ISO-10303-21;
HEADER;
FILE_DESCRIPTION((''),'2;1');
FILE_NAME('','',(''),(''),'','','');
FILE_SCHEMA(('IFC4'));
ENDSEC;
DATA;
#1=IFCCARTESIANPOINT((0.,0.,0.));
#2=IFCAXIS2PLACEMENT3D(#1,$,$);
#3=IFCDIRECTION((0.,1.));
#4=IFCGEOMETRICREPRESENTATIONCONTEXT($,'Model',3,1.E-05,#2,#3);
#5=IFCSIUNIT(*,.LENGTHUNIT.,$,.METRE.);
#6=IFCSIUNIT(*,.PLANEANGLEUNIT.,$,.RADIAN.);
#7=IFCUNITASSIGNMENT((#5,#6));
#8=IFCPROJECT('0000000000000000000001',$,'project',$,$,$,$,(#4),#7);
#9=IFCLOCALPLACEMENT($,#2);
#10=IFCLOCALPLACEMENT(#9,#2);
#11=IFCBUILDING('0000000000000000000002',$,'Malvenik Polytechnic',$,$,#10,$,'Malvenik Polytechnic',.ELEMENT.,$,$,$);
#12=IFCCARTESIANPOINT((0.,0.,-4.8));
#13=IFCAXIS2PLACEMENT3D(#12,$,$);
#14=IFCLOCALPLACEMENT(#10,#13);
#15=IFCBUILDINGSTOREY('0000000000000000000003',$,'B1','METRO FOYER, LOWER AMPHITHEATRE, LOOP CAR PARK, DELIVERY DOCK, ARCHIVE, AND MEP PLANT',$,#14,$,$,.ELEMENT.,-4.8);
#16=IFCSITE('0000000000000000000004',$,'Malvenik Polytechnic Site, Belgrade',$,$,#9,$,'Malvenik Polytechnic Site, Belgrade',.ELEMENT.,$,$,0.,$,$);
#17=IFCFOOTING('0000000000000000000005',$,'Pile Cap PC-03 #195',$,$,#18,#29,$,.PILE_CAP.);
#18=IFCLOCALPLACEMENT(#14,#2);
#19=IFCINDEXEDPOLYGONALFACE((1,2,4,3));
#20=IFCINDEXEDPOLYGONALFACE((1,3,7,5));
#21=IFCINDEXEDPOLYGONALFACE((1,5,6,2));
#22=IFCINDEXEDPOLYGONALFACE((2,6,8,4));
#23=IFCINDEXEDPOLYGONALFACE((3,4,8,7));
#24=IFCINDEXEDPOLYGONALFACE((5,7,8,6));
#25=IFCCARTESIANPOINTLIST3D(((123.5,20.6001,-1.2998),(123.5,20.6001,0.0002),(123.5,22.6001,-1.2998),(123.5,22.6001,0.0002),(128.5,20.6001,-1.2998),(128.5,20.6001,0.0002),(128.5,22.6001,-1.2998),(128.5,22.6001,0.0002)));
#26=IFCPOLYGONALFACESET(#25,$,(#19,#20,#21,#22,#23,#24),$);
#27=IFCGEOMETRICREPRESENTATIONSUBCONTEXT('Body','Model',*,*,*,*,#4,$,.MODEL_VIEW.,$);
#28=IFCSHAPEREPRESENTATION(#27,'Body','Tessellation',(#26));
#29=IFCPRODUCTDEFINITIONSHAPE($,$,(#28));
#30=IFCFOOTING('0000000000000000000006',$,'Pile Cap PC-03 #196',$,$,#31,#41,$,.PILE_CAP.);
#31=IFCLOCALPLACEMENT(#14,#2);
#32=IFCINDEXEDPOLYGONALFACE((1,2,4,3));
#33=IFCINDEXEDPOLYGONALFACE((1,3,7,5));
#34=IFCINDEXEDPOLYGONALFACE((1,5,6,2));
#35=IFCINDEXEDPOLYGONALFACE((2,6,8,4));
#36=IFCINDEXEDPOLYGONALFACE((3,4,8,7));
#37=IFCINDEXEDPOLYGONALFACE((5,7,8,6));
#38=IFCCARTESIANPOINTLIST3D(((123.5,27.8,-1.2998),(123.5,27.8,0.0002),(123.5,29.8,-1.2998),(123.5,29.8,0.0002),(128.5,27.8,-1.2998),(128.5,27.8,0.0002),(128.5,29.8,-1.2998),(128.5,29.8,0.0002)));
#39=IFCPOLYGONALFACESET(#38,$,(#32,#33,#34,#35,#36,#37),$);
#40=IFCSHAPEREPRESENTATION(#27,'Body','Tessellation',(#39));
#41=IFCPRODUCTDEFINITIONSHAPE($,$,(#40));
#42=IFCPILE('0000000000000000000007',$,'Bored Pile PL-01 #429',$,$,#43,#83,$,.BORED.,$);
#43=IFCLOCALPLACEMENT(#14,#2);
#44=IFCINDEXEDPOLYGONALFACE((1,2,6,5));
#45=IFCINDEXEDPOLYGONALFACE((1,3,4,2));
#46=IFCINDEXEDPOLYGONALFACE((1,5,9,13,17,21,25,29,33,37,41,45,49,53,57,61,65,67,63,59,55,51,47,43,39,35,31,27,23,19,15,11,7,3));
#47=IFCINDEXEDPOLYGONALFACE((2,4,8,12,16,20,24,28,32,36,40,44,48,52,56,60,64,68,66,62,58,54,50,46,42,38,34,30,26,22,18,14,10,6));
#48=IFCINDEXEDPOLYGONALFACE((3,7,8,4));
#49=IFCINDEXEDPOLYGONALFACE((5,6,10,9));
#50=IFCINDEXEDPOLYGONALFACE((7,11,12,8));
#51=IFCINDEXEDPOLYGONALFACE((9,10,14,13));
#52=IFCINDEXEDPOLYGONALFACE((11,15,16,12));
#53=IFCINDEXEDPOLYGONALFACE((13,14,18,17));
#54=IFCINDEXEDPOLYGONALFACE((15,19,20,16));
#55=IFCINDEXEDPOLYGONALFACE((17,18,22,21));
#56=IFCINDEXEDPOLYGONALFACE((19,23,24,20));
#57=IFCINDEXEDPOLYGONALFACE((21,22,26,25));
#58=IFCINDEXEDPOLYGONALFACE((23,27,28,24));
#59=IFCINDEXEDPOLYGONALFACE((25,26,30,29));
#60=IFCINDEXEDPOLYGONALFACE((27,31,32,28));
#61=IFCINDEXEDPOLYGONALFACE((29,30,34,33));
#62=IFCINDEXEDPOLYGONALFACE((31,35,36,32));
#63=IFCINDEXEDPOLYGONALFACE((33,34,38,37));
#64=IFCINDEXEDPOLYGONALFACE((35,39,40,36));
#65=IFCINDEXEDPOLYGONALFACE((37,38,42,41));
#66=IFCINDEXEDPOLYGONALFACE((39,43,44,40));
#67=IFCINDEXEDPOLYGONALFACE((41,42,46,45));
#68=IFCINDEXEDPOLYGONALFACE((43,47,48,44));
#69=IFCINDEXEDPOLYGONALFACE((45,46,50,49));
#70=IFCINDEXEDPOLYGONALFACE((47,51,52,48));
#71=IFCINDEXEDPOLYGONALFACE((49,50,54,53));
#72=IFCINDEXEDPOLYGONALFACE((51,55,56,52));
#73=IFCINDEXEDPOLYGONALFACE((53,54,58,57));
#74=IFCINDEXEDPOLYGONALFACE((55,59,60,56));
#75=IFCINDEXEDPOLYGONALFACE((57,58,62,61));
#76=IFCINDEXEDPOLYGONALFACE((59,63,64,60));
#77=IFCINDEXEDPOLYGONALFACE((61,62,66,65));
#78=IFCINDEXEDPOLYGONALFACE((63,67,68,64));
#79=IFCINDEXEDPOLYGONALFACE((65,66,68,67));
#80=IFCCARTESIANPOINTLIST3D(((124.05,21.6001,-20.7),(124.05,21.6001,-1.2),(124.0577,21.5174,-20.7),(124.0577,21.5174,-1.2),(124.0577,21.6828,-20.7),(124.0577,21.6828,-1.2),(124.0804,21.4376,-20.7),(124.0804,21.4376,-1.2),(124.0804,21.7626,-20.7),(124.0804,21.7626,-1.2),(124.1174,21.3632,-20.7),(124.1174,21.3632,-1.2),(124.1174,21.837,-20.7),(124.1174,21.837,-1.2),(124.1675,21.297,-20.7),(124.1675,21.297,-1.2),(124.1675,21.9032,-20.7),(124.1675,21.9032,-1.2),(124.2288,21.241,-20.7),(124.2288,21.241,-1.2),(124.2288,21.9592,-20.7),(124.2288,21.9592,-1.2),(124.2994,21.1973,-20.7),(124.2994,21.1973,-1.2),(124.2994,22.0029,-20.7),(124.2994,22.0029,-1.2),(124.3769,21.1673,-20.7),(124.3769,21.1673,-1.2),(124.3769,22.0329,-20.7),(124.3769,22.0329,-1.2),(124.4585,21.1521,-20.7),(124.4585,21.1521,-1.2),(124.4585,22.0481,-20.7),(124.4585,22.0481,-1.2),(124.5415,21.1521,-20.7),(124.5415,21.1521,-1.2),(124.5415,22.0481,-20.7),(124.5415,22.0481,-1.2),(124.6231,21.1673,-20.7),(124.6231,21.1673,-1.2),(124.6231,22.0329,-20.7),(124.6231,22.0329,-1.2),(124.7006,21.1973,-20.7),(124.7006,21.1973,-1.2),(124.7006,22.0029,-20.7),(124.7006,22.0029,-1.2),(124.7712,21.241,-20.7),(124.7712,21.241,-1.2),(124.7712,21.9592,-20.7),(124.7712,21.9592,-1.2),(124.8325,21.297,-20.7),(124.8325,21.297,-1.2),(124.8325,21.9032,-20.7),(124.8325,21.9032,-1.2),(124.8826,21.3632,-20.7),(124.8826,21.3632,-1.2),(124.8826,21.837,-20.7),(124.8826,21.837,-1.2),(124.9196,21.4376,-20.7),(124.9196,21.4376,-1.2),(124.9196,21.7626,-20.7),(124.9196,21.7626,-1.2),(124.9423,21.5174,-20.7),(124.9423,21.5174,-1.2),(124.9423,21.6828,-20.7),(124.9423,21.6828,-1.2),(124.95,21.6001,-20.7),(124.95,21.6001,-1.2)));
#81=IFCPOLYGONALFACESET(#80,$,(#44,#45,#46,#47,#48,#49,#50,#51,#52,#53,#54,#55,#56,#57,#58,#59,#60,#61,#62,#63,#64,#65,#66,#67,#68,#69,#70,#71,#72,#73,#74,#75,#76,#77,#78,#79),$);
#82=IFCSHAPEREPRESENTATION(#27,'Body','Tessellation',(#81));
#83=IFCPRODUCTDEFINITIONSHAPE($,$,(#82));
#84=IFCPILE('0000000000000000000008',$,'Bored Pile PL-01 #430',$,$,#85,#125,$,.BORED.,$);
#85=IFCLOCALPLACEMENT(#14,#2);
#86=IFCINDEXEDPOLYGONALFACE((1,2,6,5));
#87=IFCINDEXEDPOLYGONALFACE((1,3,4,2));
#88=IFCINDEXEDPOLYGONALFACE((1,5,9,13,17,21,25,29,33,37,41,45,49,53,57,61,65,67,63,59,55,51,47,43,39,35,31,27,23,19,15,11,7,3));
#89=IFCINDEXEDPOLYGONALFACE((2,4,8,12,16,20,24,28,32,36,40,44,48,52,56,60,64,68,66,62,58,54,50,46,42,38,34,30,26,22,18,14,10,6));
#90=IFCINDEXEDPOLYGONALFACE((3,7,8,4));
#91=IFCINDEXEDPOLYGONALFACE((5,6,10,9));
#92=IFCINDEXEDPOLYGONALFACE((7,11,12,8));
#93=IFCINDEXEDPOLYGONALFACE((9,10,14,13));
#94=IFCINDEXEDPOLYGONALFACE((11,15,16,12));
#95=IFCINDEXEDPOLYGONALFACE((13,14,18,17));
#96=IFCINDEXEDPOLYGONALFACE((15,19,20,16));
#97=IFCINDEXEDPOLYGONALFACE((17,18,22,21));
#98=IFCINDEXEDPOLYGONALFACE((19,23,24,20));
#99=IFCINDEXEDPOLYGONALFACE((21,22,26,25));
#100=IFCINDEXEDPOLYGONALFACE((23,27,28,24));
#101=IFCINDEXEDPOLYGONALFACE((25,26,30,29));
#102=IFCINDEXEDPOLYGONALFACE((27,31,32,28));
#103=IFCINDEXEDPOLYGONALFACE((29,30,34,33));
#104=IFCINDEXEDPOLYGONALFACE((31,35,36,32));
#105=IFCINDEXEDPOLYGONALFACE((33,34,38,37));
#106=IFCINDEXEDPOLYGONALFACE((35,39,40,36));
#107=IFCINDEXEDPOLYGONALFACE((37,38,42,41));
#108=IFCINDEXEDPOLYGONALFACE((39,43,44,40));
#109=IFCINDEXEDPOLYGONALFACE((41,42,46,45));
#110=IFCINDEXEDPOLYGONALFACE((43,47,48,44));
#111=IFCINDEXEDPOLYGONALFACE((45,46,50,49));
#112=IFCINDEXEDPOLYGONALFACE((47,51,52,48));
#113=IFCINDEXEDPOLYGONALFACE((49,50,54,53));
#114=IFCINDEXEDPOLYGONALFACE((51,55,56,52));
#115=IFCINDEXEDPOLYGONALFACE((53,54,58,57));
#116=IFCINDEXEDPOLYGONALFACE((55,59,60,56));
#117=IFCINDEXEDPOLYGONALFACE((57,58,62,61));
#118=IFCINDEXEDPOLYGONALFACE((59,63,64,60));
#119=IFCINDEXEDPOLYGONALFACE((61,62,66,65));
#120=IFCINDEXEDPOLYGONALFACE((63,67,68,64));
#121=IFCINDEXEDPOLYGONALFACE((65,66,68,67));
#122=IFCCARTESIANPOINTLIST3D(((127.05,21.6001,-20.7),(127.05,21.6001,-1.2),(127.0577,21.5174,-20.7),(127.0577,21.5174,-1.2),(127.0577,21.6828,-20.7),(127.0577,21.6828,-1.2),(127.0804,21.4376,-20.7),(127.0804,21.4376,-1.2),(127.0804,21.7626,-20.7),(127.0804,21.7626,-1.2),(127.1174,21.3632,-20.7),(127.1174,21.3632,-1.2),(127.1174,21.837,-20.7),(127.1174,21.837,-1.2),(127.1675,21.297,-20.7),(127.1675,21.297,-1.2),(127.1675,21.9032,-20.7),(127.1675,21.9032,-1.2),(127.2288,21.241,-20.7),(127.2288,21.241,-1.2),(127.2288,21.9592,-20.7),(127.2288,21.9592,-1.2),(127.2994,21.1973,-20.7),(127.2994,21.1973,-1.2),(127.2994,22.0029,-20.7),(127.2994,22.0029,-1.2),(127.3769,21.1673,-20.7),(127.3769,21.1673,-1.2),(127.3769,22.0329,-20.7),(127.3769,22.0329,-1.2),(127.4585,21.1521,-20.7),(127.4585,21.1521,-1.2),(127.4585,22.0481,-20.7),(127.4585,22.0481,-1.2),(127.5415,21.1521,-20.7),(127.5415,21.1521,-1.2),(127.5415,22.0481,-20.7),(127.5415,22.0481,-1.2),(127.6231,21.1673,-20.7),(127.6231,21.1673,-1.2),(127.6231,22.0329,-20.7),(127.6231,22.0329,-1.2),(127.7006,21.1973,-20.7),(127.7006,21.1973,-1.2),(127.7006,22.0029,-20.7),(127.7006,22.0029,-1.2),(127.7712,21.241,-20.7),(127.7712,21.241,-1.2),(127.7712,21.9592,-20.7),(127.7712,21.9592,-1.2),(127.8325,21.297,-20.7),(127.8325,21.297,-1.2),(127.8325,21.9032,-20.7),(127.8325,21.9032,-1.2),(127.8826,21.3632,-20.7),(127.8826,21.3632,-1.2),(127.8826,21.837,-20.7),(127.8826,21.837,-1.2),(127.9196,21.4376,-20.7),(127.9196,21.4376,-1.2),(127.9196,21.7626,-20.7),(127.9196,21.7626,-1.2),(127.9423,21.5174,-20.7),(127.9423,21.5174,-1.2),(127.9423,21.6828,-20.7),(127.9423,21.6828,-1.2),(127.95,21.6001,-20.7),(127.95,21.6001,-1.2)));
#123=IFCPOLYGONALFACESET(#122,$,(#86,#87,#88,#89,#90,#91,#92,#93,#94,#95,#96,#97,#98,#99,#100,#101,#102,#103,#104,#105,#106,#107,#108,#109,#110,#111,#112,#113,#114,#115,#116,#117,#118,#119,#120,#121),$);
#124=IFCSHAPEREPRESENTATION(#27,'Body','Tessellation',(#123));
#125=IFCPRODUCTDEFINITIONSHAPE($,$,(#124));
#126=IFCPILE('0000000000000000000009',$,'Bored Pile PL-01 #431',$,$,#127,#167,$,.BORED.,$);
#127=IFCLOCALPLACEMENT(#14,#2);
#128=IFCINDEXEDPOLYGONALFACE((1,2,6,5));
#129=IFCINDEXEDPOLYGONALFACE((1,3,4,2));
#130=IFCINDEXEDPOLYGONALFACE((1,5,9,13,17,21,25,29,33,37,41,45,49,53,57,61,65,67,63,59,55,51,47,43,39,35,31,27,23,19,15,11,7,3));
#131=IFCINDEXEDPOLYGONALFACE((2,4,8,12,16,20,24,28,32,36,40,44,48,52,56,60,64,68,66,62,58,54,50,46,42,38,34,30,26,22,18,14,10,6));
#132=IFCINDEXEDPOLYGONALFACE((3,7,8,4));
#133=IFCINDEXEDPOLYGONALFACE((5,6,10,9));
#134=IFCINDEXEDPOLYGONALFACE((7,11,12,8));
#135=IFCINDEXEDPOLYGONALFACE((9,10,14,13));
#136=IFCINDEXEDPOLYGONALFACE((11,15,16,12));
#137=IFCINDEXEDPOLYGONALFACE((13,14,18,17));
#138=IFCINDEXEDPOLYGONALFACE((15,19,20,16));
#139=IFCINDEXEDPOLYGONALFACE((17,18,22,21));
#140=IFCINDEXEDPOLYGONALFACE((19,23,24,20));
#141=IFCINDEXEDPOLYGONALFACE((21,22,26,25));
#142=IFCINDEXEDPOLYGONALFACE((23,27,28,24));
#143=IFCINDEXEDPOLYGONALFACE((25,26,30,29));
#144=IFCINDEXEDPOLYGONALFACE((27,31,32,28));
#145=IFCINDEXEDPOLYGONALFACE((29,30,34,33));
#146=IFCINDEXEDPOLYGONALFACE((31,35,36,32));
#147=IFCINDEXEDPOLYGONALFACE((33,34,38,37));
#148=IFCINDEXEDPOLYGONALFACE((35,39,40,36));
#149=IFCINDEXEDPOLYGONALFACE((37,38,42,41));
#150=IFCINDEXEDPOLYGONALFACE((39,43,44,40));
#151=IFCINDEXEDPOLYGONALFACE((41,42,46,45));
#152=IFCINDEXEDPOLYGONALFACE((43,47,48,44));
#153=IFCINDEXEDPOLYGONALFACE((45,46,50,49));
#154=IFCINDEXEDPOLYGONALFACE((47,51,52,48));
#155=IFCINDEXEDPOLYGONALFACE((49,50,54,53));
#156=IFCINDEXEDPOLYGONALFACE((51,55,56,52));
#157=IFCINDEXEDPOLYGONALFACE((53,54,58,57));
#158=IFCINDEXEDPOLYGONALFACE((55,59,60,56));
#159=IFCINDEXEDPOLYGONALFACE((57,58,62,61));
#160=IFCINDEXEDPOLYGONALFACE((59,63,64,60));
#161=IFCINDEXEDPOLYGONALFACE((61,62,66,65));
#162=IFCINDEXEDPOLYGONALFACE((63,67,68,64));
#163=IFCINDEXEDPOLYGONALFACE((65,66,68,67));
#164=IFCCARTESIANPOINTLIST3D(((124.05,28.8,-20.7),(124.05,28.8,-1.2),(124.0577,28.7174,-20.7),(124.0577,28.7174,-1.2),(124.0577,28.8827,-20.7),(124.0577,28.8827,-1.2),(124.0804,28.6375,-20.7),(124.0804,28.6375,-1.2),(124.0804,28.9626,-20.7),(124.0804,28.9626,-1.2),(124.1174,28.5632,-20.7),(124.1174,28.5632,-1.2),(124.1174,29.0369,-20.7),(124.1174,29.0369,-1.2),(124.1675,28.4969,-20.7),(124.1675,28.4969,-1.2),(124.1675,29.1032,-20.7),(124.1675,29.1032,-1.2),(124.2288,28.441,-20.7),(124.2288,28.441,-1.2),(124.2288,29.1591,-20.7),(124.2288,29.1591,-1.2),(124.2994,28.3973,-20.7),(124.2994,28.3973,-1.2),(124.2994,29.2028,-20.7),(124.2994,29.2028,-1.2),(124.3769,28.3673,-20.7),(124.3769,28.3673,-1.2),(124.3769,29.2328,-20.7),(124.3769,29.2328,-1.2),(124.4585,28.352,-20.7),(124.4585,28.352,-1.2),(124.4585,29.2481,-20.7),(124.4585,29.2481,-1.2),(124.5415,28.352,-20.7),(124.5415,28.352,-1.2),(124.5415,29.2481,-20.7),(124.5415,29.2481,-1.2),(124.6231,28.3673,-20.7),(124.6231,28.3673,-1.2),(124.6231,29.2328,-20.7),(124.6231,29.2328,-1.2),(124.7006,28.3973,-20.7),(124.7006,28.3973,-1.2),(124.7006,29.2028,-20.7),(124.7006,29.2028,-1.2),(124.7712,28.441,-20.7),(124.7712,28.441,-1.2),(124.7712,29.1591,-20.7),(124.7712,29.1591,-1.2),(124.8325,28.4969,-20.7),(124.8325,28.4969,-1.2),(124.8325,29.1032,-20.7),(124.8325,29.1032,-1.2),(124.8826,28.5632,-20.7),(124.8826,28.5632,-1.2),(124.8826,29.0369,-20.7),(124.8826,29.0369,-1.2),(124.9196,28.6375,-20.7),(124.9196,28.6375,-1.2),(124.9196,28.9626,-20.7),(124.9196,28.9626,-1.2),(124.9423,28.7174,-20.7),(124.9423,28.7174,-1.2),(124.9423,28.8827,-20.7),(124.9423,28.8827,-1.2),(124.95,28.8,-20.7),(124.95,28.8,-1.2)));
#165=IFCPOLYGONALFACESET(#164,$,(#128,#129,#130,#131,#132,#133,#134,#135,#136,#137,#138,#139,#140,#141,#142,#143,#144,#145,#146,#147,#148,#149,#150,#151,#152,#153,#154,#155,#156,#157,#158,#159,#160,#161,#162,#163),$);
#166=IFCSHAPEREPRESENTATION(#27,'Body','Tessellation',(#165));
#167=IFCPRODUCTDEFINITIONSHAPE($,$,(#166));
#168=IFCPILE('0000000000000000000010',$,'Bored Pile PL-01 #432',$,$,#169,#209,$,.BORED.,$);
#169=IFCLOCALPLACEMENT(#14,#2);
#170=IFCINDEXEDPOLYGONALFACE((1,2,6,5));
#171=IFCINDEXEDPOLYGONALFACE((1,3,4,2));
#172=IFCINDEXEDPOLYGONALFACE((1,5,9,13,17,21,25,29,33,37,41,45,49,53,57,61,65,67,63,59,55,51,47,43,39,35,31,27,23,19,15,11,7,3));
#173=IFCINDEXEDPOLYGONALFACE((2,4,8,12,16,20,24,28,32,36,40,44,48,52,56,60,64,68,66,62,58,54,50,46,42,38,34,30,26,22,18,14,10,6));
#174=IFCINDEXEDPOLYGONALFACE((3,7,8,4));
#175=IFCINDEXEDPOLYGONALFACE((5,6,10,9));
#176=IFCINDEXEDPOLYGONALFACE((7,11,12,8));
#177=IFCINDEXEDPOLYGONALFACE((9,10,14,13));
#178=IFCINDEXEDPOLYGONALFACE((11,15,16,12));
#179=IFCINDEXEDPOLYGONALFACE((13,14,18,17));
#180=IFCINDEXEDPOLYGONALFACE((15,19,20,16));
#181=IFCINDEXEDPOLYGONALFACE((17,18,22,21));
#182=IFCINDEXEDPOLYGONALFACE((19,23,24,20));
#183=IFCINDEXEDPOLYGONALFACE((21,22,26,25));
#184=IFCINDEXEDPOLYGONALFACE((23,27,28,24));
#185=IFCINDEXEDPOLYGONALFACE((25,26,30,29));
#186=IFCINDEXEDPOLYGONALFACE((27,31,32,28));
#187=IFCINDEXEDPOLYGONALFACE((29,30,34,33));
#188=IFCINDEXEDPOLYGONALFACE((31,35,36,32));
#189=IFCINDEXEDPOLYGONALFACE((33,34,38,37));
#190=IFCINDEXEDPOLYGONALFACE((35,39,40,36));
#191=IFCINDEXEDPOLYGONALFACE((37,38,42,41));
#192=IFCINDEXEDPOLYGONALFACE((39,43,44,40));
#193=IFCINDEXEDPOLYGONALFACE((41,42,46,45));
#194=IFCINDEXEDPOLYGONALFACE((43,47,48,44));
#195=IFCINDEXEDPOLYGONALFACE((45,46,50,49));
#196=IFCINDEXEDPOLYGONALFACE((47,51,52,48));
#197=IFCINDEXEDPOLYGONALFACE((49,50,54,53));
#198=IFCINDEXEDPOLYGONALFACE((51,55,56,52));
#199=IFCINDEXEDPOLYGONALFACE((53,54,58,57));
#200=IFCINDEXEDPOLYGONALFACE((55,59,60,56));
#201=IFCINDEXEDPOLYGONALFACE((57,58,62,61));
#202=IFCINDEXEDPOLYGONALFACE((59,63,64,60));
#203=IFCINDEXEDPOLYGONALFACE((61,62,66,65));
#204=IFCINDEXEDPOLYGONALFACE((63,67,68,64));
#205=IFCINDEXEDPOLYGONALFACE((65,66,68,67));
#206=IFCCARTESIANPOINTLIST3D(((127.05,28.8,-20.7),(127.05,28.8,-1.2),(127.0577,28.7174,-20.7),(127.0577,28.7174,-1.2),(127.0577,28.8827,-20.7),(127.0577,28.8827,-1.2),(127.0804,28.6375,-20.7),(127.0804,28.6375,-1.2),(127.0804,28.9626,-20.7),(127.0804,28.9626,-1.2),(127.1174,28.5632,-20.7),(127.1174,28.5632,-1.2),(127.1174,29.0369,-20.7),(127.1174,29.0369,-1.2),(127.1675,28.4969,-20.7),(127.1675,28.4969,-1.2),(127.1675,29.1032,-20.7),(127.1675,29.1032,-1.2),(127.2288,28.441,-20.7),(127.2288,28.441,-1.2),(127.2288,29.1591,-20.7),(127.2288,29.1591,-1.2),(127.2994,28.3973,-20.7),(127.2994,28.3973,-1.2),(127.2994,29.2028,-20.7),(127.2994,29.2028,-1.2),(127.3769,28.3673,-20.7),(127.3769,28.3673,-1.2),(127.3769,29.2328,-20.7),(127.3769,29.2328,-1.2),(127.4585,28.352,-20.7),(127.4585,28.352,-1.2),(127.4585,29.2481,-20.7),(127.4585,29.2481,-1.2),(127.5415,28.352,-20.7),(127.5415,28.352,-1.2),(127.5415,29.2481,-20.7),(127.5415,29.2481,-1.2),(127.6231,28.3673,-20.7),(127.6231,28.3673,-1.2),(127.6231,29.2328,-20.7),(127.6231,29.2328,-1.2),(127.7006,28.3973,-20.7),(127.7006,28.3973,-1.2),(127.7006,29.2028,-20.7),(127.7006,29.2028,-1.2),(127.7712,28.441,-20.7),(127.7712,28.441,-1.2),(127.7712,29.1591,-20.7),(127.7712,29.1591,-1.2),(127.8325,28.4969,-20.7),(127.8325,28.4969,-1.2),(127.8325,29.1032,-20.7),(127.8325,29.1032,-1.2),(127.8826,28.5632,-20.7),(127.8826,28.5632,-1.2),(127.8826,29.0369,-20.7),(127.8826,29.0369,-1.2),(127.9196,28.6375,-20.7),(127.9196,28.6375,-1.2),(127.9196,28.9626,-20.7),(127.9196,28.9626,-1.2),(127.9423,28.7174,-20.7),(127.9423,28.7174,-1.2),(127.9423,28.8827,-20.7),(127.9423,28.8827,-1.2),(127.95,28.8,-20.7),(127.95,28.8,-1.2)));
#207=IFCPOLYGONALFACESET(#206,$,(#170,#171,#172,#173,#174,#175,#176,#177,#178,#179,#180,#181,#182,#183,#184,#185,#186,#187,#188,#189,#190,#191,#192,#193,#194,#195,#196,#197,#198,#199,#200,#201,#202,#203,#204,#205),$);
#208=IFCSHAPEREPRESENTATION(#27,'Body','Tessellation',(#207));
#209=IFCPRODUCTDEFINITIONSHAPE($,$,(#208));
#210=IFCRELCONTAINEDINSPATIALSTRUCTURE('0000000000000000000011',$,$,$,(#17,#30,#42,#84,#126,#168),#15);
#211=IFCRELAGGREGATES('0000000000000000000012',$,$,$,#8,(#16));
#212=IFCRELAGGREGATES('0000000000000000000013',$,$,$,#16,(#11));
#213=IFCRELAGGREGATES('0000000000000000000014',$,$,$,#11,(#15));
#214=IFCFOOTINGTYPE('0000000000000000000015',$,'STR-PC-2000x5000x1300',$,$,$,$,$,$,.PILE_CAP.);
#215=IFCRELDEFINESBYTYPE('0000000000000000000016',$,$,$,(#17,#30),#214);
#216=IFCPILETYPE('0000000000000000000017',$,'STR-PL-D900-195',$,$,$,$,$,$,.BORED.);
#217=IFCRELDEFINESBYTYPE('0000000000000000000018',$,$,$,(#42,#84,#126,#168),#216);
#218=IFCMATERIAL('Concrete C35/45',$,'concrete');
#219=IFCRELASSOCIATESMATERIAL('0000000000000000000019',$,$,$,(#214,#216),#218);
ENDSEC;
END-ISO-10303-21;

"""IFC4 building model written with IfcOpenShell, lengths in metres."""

from ifc_helpers import new_model, si_unit, direction, frame, origin, origin_2d, place, context, subcontext, project, spatial, rectangle, circle, extrude, material, material_profile, profile_set, type_object, element, save


model = new_model("IFC4")

# Units and contexts
model_context = context("Model", 3, precision=1e-05, world=origin(), true_north=direction((0.0, 1.0)))
body_context = subcontext(model_context, "Body", "Model", "MODEL_VIEW")
ifc_project = project(units=[si_unit("LENGTHUNIT", "METRE"), si_unit("PLANEANGLEUNIT", "RADIAN")], contexts=[model_context])

# Site, building, storey
site_placement = place(None, origin())
site = spatial("IfcSite", under=ifc_project, at=site_placement, Name="Malvenik Polytechnic Site, Belgrade", LongName="Malvenik Polytechnic Site, Belgrade", CompositionType="ELEMENT", RefElevation=0.0)
building_placement = place(site_placement, origin())
building = spatial("IfcBuilding", under=site, at=building_placement, Name="Malvenik Polytechnic", LongName="Malvenik Polytechnic", CompositionType="ELEMENT")
storey_placement = place(building_placement, frame((0.0, 0.0, -4.8)))
storey = spatial("IfcBuildingStorey", under=building, at=storey_placement, Name="B1", Description="METRO FOYER, LOWER AMPHITHEATRE, LOOP CAR PARK, DELIVERY DOCK, ARCHIVE, AND MEP PLANT", CompositionType="ELEMENT", Elevation=-4.8)

# Footings
ifc_material_1 = material(Name="Concrete C35/45", Category="concrete")
footing_type_1 = type_object("IfcFootingType", Name="STR-PC-2000x5000x1300", PredefinedType="PILE_CAP", material=ifc_material_1)
for number, where, z_axis, x_axis, name in (
    (1, (126.0, 21.6001, -1.2998), (0.0, 0.0, 1.0), (1.0, 0.0, 0.0), "Pile Cap PC-03 #195"),
    (2, (126.0, 28.8, -1.2998), (0.0, 0.0, 1.0), (1.0, 0.0, 0.0), "Pile Cap PC-03 #196"),
):
    element("IfcFooting", number, at=place(storey_placement, frame(where, z_axis=z_axis, x_axis=x_axis)), inside=storey, type_object=footing_type_1, Name=name, PredefinedType="PILE_CAP", context=body_context, shape_type="SweptSolid", body=[
        extrude(rectangle(XDim=5.0, YDim=2.0, at=origin_2d()), origin(), (0.0, 0.0, 1.0), 1.3),
    ])

# Piles
ifc_material_profile_1 = material_profile(ifc_material_1, circle(Radius=0.45, at=origin_2d()), Name="BORED PILE D900")
ifc_profile_set_1 = profile_set([ifc_material_profile_1], Name="Concrete C35/45")
pile_type = type_object("IfcPileType", Name="STR-PL-D900-195", PredefinedType="BORED", material=ifc_profile_set_1)
for number, where, z_axis, x_axis, name in (
    (3, (124.5, 21.6001, -1.2), (0.0, 0.0, -1.0), (1.0, 0.0, 0.0), "Bored Pile PL-01 #429"),
    (4, (127.5, 21.6001, -1.2), (0.0, 0.0, -1.0), (1.0, 0.0, 0.0), "Bored Pile PL-01 #430"),
    (5, (124.5, 28.8, -1.2), (0.0, 0.0, -1.0), (1.0, 0.0, 0.0), "Bored Pile PL-01 #431"),
    (6, (127.5, 28.8, -1.2), (0.0, 0.0, -1.0), (1.0, 0.0, 0.0), "Bored Pile PL-01 #432"),
):
    element("IfcPile", number, at=place(storey_placement, frame(where, z_axis=z_axis, x_axis=x_axis)), inside=storey, type_object=pile_type, Name=name, PredefinedType="BORED", context=body_context, shape_type="SweptSolid", body=[
        extrude(circle(Radius=0.45, at=origin_2d()), origin(), (0.0, 0.0, 1.0), 19.5),
    ])

save(model, "model.ifc")
